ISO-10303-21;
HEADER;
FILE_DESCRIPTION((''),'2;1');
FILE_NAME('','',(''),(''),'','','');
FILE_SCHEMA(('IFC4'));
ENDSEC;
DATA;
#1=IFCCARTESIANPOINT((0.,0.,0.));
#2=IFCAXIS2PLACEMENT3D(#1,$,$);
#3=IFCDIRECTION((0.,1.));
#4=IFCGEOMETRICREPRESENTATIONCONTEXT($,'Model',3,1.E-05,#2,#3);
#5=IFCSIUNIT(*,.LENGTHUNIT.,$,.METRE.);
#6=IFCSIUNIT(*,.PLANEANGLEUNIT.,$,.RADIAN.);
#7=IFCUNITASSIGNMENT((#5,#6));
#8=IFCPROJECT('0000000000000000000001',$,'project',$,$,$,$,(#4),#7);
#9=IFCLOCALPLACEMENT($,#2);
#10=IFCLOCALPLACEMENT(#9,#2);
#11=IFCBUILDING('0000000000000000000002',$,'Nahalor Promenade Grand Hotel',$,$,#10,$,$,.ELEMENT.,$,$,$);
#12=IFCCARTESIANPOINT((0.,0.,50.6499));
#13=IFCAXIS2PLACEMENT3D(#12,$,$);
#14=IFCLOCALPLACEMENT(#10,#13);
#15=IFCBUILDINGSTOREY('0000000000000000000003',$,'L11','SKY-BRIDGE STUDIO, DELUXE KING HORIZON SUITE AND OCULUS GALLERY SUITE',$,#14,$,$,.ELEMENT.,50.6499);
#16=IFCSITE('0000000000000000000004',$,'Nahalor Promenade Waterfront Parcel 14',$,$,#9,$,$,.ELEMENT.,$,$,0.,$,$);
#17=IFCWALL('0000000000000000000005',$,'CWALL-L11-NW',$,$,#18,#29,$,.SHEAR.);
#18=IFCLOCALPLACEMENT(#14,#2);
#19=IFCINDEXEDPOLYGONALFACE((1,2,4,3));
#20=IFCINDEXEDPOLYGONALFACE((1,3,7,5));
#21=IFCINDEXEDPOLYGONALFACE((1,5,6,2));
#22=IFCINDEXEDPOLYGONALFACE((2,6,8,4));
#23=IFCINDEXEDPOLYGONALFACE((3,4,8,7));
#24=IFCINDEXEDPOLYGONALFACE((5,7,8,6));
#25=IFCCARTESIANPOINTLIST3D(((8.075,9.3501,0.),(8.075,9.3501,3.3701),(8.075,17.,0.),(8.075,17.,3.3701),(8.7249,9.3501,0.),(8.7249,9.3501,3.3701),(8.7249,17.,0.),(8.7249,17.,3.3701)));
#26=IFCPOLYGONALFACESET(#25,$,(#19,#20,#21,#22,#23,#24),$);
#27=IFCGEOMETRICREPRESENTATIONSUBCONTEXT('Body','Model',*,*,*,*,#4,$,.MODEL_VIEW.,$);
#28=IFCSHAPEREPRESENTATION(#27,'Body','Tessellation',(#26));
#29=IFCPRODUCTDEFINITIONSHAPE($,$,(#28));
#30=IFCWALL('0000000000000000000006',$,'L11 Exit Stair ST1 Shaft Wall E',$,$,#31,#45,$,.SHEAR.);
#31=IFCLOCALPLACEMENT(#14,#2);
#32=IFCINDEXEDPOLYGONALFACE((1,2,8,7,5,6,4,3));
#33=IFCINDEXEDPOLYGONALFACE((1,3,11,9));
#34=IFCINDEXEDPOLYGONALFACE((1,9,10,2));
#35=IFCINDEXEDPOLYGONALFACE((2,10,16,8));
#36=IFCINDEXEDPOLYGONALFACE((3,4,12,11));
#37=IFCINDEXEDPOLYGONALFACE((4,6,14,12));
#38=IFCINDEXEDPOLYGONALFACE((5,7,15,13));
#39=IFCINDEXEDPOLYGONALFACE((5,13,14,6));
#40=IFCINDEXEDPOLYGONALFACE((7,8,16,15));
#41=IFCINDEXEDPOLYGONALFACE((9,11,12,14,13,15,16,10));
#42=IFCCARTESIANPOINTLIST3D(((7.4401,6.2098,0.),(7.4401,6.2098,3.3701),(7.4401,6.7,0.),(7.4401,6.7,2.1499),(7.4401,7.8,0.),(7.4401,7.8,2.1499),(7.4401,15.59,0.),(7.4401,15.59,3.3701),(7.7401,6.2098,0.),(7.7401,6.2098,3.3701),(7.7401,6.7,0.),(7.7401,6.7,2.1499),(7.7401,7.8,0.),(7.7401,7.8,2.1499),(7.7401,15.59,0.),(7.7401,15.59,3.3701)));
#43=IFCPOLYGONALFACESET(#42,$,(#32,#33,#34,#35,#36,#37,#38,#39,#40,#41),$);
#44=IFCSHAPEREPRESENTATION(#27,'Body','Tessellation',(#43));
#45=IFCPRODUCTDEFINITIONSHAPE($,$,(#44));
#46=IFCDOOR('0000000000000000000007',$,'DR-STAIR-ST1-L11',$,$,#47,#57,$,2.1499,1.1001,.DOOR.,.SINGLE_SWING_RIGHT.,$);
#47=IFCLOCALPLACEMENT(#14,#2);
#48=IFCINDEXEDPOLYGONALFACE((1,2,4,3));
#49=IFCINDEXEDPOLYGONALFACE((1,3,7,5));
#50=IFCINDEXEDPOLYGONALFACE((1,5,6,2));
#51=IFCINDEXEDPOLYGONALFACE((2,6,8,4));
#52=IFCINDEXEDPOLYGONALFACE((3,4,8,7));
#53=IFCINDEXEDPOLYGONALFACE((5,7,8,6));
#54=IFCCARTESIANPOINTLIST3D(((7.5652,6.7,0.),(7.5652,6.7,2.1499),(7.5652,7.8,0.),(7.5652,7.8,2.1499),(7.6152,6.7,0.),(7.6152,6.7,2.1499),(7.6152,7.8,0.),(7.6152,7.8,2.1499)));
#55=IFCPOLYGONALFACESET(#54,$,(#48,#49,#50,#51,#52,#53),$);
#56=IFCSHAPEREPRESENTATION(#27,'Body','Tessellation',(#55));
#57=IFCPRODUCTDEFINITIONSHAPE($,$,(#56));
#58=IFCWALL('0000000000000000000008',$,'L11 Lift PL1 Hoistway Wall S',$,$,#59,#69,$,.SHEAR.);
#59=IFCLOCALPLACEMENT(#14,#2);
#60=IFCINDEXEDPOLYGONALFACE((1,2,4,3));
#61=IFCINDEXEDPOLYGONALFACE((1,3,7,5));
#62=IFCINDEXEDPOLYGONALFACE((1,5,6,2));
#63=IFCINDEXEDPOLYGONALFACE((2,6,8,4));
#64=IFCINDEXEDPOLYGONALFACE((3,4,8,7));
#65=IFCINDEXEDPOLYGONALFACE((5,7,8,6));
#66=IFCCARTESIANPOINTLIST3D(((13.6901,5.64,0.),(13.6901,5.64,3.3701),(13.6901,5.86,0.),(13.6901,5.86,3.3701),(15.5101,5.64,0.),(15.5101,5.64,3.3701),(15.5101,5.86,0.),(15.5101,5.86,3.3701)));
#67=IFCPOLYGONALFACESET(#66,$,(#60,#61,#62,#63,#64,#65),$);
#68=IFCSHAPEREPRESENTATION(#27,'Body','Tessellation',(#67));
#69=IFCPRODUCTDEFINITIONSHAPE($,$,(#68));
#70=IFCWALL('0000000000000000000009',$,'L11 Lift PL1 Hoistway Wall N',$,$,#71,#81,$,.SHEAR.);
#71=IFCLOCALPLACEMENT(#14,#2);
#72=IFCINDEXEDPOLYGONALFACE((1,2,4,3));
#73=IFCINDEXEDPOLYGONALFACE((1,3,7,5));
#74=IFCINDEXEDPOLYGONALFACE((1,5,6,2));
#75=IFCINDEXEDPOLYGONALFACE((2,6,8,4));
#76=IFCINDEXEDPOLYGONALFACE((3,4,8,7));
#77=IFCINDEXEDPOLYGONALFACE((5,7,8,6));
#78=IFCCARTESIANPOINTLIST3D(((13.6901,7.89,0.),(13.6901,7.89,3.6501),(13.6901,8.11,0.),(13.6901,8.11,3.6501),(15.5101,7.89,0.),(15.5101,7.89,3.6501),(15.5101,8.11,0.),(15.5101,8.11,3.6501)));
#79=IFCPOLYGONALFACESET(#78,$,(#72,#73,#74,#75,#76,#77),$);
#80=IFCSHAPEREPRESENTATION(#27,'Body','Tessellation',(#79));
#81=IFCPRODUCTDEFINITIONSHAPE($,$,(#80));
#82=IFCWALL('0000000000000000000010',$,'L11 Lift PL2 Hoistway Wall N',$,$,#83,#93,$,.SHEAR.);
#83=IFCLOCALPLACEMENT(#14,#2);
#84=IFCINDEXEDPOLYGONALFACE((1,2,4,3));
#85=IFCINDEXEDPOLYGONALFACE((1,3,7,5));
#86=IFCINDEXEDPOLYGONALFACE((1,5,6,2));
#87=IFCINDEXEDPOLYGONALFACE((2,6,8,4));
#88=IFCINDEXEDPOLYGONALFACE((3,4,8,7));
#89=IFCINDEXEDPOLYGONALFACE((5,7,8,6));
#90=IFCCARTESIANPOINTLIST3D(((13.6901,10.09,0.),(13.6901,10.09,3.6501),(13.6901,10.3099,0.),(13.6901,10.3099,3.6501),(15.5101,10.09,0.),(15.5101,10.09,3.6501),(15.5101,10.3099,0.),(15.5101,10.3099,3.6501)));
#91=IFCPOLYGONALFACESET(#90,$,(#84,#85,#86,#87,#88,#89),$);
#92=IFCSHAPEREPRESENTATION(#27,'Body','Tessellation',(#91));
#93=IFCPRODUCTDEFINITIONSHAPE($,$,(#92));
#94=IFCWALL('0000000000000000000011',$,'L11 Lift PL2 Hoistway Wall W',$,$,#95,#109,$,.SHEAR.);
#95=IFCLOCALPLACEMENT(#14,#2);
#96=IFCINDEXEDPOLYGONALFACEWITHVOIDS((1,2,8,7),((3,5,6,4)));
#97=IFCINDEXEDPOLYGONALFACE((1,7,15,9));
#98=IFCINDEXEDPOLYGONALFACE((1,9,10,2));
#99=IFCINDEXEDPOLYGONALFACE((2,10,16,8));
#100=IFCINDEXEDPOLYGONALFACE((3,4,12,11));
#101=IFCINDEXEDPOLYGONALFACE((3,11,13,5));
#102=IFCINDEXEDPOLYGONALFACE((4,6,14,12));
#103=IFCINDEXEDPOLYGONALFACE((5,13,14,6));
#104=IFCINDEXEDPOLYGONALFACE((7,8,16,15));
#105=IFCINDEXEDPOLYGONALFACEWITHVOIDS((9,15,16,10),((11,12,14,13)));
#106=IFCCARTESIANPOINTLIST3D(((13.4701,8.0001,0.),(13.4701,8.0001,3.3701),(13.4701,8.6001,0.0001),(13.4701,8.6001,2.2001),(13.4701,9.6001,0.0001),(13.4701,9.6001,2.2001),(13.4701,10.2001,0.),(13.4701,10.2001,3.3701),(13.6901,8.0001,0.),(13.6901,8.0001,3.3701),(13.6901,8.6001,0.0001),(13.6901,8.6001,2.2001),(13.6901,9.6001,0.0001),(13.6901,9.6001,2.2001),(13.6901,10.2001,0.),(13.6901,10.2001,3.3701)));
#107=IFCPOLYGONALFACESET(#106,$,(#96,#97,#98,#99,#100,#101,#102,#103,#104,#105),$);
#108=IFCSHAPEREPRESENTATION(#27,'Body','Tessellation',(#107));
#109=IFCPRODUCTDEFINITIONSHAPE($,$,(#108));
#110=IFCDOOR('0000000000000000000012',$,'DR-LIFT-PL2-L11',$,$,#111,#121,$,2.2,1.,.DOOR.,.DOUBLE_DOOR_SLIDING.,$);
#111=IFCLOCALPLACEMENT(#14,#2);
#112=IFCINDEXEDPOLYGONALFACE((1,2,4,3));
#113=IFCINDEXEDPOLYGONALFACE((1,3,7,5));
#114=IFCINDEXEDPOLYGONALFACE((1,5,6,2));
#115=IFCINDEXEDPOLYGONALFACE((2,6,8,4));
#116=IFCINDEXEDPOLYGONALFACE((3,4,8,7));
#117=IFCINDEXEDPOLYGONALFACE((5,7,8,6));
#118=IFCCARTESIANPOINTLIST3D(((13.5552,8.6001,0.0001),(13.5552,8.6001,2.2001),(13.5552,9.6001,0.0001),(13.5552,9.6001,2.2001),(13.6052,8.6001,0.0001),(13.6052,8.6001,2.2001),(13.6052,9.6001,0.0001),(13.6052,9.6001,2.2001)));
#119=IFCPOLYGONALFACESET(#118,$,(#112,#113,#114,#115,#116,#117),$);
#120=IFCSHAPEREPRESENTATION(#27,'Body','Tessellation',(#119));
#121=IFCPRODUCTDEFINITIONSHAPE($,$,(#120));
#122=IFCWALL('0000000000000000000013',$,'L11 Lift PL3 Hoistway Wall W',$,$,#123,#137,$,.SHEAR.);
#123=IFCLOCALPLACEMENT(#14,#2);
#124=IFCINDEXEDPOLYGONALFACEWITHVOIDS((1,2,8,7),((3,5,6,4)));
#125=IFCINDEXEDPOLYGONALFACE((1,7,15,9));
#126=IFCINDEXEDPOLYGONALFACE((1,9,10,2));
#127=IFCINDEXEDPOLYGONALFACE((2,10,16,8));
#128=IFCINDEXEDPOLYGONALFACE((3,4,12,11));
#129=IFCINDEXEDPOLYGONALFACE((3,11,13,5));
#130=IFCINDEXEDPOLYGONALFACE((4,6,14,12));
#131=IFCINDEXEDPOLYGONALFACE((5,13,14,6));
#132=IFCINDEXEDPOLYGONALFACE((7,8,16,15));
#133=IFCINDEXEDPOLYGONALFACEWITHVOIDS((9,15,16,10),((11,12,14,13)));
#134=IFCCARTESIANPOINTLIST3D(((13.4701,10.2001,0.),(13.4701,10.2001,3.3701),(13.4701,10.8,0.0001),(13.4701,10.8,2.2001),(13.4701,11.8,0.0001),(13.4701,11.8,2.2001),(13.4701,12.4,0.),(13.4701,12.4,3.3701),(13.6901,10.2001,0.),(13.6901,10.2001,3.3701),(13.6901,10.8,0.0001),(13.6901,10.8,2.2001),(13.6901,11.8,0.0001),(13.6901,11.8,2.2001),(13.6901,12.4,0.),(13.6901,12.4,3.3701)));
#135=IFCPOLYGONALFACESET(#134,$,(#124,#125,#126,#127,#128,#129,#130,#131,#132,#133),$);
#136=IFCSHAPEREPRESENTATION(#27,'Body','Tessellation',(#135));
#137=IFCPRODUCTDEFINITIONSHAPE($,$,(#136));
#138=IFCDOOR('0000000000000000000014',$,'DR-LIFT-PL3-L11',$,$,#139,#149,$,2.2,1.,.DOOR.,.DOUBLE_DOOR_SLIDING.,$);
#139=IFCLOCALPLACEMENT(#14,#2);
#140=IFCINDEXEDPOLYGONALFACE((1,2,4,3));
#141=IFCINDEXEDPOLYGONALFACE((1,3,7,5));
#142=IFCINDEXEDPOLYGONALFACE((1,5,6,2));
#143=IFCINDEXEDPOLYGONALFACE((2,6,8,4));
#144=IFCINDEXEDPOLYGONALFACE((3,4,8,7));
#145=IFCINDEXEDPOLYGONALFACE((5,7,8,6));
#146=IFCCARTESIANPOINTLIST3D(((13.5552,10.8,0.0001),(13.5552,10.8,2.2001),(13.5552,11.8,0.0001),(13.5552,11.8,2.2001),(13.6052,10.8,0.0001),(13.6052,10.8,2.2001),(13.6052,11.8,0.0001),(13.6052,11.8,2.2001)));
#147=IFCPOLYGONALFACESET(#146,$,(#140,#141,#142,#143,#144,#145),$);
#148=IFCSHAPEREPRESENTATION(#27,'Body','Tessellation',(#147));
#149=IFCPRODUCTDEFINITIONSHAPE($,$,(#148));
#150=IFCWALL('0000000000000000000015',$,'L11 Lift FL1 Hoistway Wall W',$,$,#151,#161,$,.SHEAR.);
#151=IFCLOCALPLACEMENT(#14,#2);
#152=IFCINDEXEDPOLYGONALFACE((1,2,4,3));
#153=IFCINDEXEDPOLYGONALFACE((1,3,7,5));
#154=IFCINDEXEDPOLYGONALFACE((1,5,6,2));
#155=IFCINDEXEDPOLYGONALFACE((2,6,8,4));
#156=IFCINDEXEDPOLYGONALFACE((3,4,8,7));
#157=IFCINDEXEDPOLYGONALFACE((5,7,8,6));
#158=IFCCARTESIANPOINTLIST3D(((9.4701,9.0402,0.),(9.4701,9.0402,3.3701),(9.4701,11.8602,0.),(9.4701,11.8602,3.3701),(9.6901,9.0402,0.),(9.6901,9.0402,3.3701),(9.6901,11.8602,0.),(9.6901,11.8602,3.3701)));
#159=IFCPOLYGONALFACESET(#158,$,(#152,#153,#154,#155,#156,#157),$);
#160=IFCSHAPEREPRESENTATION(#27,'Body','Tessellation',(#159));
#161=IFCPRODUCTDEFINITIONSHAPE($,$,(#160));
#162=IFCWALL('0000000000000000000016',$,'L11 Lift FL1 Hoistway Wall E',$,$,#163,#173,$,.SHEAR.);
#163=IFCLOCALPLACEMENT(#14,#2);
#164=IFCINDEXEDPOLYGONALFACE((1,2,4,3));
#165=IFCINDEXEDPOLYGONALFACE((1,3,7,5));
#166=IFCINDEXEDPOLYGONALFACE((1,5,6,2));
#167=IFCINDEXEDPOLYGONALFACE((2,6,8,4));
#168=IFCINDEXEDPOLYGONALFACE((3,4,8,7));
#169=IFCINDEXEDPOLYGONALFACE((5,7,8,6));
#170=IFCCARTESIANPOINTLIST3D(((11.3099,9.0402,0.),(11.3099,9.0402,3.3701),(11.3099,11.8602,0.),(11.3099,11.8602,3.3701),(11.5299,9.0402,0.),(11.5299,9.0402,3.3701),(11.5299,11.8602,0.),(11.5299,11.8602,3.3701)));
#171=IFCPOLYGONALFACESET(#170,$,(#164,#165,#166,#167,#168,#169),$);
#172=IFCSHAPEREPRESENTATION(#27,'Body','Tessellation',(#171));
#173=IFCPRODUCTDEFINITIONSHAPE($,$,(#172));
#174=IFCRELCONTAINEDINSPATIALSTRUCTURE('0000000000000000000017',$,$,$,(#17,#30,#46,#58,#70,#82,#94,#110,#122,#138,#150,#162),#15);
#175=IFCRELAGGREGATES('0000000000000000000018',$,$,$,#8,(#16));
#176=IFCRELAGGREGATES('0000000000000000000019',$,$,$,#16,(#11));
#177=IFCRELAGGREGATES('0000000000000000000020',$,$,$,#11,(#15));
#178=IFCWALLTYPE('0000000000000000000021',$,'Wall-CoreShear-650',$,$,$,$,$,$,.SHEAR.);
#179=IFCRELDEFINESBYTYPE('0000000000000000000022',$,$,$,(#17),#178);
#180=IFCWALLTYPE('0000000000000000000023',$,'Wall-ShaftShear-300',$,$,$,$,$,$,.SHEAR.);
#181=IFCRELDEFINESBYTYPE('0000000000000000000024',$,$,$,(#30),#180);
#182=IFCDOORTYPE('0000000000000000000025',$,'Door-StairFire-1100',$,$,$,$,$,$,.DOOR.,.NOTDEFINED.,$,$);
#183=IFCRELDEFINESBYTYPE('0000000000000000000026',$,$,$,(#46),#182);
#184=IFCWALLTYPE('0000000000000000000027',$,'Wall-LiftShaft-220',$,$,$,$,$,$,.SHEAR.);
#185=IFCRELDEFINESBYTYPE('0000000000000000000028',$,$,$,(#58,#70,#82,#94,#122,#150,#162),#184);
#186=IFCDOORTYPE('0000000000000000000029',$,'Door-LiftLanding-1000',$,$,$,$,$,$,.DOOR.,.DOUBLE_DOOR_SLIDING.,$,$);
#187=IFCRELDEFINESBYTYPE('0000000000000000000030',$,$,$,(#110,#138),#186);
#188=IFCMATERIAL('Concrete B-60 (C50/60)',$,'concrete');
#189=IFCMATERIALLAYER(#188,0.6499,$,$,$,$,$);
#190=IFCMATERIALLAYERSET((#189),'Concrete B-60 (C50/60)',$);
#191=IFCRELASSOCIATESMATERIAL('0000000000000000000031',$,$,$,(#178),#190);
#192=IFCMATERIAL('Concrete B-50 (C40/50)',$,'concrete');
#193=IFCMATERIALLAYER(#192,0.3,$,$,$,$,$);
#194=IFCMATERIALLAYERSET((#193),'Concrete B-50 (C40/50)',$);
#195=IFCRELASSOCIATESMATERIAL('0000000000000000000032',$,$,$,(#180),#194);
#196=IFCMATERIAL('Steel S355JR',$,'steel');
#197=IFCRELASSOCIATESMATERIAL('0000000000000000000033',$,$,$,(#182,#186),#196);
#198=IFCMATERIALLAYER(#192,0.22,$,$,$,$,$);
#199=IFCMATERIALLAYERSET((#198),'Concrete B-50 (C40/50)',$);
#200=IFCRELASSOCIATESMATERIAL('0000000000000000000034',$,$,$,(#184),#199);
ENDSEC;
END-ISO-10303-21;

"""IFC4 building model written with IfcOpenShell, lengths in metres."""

from ifc_helpers import new_model, si_unit, direction, frame, frame_2d, origin, place, context, subcontext, project, spatial, rectangle, extrude, source, transform, mapped, material, layer, layer_set, type_object, element, fill, save


model = new_model("IFC4")

# Units and contexts
model_context = context("Model", 3, precision=1e-05, world=origin(), true_north=direction((0.0, 1.0)))
body_context = subcontext(model_context, "Body", "Model", "MODEL_VIEW")
ifc_project = project(units=[si_unit("LENGTHUNIT", "METRE"), si_unit("PLANEANGLEUNIT", "RADIAN")], contexts=[model_context])

# Site, building, storey
site_placement = place(None, origin())
site = spatial("IfcSite", under=ifc_project, at=site_placement, Name="Nahalor Promenade Waterfront Parcel 14", CompositionType="ELEMENT", RefElevation=0.0)
building_placement = place(site_placement, origin())
building = spatial("IfcBuilding", under=site, at=building_placement, Name="Nahalor Promenade Grand Hotel", CompositionType="ELEMENT")
storey_placement = place(building_placement, frame((0.0, 0.0, 50.6499)))
storey = spatial("IfcBuildingStorey", under=building, at=storey_placement, Name="L11", Description="SKY-BRIDGE STUDIO, DELUXE KING HORIZON SUITE AND OCULUS GALLERY SUITE", CompositionType="ELEMENT", Elevation=50.6499)

# Wall
ifc_material_1 = material(Name="Concrete B-60 (C50/60)", Category="concrete")
ifc_layer_1 = layer(ifc_material_1, 0.6499)
ifc_layer_set_1 = layer_set([ifc_layer_1], Name="Concrete B-60 (C50/60)")
wall_type_1 = type_object("IfcWallType", Name="Wall-CoreShear-650", PredefinedType="SHEAR", material=ifc_layer_set_1)
shared_shape_1 = source(origin(), body_context, "Body", "SweptSolid", [
    extrude(rectangle(XDim=7.6499, YDim=0.6499, at=frame_2d((3.825, 0.0))), origin(), (0.0, 0.0, 1.0), 3.3701),
])
wall_1_placement = place(storey_placement, frame((8.3999, 9.3501, 0.0), z_axis=(0.0, 0.0, 1.0), x_axis=(0.0, 1.0, 0.0)))
element("IfcWall", 1, at=wall_1_placement, inside=storey, type_object=wall_type_1, Name="CWALL-L11-NW", PredefinedType="SHEAR", context=body_context, shape_type="MappedRepresentation", body=[
    mapped(shared_shape_1, transform((0.0, 0.0, 0.0), scale=1.0)),
])

# Wall, opening, door
ifc_material_2 = material(Name="Concrete B-50 (C40/50)", Category="concrete")
ifc_layer_2 = layer(ifc_material_2, 0.3)
ifc_layer_set_2 = layer_set([ifc_layer_2], Name="Concrete B-50 (C40/50)")
wall_type_2 = type_object("IfcWallType", Name="Wall-ShaftShear-300", PredefinedType="SHEAR", material=ifc_layer_set_2)
shared_shape_2 = source(origin(), body_context, "Body", "SweptSolid", [
    extrude(rectangle(XDim=9.3801, YDim=0.3, at=frame_2d((4.6899, 0.0))), origin(), (0.0, 0.0, 1.0), 3.3701),
])
wall_2_placement = place(storey_placement, frame((7.5901, 6.21, 0.0), z_axis=(0.0, 0.0, 1.0), x_axis=(0.0, 1.0, 0.0)))
wall_2 = element("IfcWall", 2, at=wall_2_placement, inside=storey, type_object=wall_type_2, Name="L11 Exit Stair ST1 Shaft Wall E", PredefinedType="SHEAR", context=body_context, shape_type="MappedRepresentation", body=[
    mapped(shared_shape_2, transform((0.0, 0.0, 0.0), scale=1.0)),
])
opening_1_placement = place(wall_2_placement, frame((0.49, 0.0, 0.0)))
opening_1 = element("IfcOpeningElement", 3, at=opening_1_placement, cuts=wall_2, PredefinedType="OPENING", context=body_context, shape_type="SweptSolid", body=[
    extrude(rectangle(XDim=1.1001, YDim=2.1499, at=frame_2d((0.55, 1.075))), frame((0.0, 0.1599, 0.0), z_axis=(0.0, -1.0, 0.0), x_axis=(1.0, 0.0, 0.0)), (0.0, 0.0, 1.0), 0.3201),
])
ifc_material_3 = material(Name="Steel S355JR", Category="steel")
door_type_1 = type_object("IfcDoorType", Name="Door-StairFire-1100", OperationType="NOTDEFINED", PredefinedType="DOOR", material=ifc_material_3)
shared_shape_3 = source(origin(), body_context, "Body", "SweptSolid", [
    extrude(rectangle(XDim=1.1001, YDim=2.1499, at=frame_2d((0.55, 1.075))), frame((0.0, 0.0249, 0.0), z_axis=(0.0, -1.0, 0.0), x_axis=(1.0, 0.0, 0.0)), (0.0, 0.0, 1.0), 0.05),
])
door_1_placement = place(opening_1_placement, origin())
door_1 = element("IfcDoor", 4, at=door_1_placement, inside=storey, type_object=door_type_1, Name="DR-STAIR-ST1-L11", OperationType="SINGLE_SWING_RIGHT", OverallHeight=2.1499, OverallWidth=1.1001, PredefinedType="DOOR", context=body_context, shape_type="MappedRepresentation", body=[
    mapped(shared_shape_3, transform((0.0, 0.0, 0.0), scale=1.0)),
])
fill(opening_1, door_1)

# Walls
ifc_layer_3 = layer(ifc_material_2, 0.22)
ifc_layer_set_3 = layer_set([ifc_layer_3], Name="Concrete B-50 (C40/50)")
wall_type_3 = type_object("IfcWallType", Name="Wall-LiftShaft-220", PredefinedType="SHEAR", material=ifc_layer_set_3)
shared_shape_4 = source(origin(), body_context, "Body", "SweptSolid", [
    extrude(rectangle(XDim=1.8201, YDim=0.22, at=frame_2d((0.9102, 0.0))), origin(), (0.0, 0.0, 1.0), 3.3701),
])
wall_3_placement = place(storey_placement, frame((13.6899, 5.75, 0.0), z_axis=(0.0, 0.0, 1.0), x_axis=(1.0, 0.0, 0.0)))
element("IfcWall", 5, at=wall_3_placement, inside=storey, type_object=wall_type_3, Name="L11 Lift PL1 Hoistway Wall S", PredefinedType="SHEAR", context=body_context, shape_type="MappedRepresentation", body=[
    mapped(shared_shape_4, transform((0.0, 0.0, 0.0), scale=1.0)),
])
shared_shape_5 = source(origin(), body_context, "Body", "SweptSolid", [
    extrude(rectangle(XDim=1.8201, YDim=0.22, at=frame_2d((0.9102, 0.0))), origin(), (0.0, 0.0, 1.0), 3.6501),
])
for number, where, z_axis, x_axis, name in (
    (6, (13.6899, 8.0, 0.0), (0.0, 0.0, 1.0), (1.0, 0.0, 0.0), "L11 Lift PL1 Hoistway Wall N"),
    (7, (13.6899, 10.2, 0.0), (0.0, 0.0, 1.0), (1.0, 0.0, 0.0), "L11 Lift PL2 Hoistway Wall N"),
):
    element("IfcWall", number, at=place(storey_placement, frame(where, z_axis=z_axis, x_axis=x_axis)), inside=storey, type_object=wall_type_3, Name=name, PredefinedType="SHEAR", context=body_context, shape_type="MappedRepresentation", body=[
        mapped(shared_shape_5, transform((0.0, 0.0, 0.0), scale=1.0)),
    ])

# Walls, openings, doors
shared_shape_6 = source(origin(), body_context, "Body", "SweptSolid", [
    extrude(rectangle(XDim=2.2, YDim=0.22, at=frame_2d((1.1001, 0.0))), origin(), (0.0, 0.0, 1.0), 3.3701),
])
wall_4_placement = place(storey_placement, frame((13.5801, 8.0, 0.0), z_axis=(0.0, 0.0, 1.0), x_axis=(0.0, 1.0, 0.0)))
wall_4 = element("IfcWall", 8, at=wall_4_placement, inside=storey, type_object=wall_type_3, Name="L11 Lift PL2 Hoistway Wall W", PredefinedType="SHEAR", context=body_context, shape_type="MappedRepresentation", body=[
    mapped(shared_shape_6, transform((0.0, 0.0, 0.0), scale=1.0)),
])
opening_2_placement = place(wall_4_placement, frame((0.6001, 0.0, 0.0)))
opening_2 = element("IfcOpeningElement", 9, at=opening_2_placement, cuts=wall_4, PredefinedType="OPENING", context=body_context, shape_type="SweptSolid", body=[
    extrude(rectangle(XDim=1.0, YDim=2.2, at=frame_2d((0.5, 1.1001))), frame((0.0, 0.1199, 0.0), z_axis=(0.0, -1.0, 0.0), x_axis=(1.0, 0.0, 0.0)), (0.0, 0.0, 1.0), 0.24),
])
door_type_2 = type_object("IfcDoorType", Name="Door-LiftLanding-1000", OperationType="DOUBLE_DOOR_SLIDING", PredefinedType="DOOR", material=ifc_material_3)
shared_shape_7 = source(origin(), body_context, "Body", "SweptSolid", [
    extrude(rectangle(XDim=1.0, YDim=2.2, at=frame_2d((0.5, 1.1001))), frame((0.0, 0.0249, 0.0), z_axis=(0.0, -1.0, 0.0), x_axis=(1.0, 0.0, 0.0)), (0.0, 0.0, 1.0), 0.05),
])
door_2_placement = place(opening_2_placement, origin())
door_2 = element("IfcDoor", 10, at=door_2_placement, inside=storey, type_object=door_type_2, Name="DR-LIFT-PL2-L11", OperationType="DOUBLE_DOOR_SLIDING", OverallHeight=2.2, OverallWidth=1.0, PredefinedType="DOOR", context=body_context, shape_type="MappedRepresentation", body=[
    mapped(shared_shape_7, transform((0.0, 0.0, 0.0), scale=1.0)),
])
fill(opening_2, door_2)
wall_5_placement = place(storey_placement, frame((13.5801, 10.2, 0.0), z_axis=(0.0, 0.0, 1.0), x_axis=(0.0, 1.0, 0.0)))
wall_5 = element("IfcWall", 11, at=wall_5_placement, inside=storey, type_object=wall_type_3, Name="L11 Lift PL3 Hoistway Wall W", PredefinedType="SHEAR", context=body_context, shape_type="MappedRepresentation", body=[
    mapped(shared_shape_6, transform((0.0, 0.0, 0.0), scale=1.0)),
])
opening_3_placement = place(wall_5_placement, frame((0.6001, 0.0, 0.0)))
opening_3 = element("IfcOpeningElement", 12, at=opening_3_placement, cuts=wall_5, PredefinedType="OPENING", context=body_context, shape_type="SweptSolid", body=[
    extrude(rectangle(XDim=1.0, YDim=2.2, at=frame_2d((0.5, 1.1001))), frame((0.0, 0.1199, 0.0), z_axis=(0.0, -1.0, 0.0), x_axis=(1.0, 0.0, 0.0)), (0.0, 0.0, 1.0), 0.24),
])
door_3_placement = place(opening_3_placement, origin())
door_3 = element("IfcDoor", 13, at=door_3_placement, inside=storey, type_object=door_type_2, Name="DR-LIFT-PL3-L11", OperationType="DOUBLE_DOOR_SLIDING", OverallHeight=2.2, OverallWidth=1.0, PredefinedType="DOOR", context=body_context, shape_type="MappedRepresentation", body=[
    mapped(shared_shape_7, transform((0.0, 0.0, 0.0), scale=1.0)),
])
fill(opening_3, door_3)

# Walls
shared_shape_8 = source(origin(), body_context, "Body", "SweptSolid", [
    extrude(rectangle(XDim=2.8201, YDim=0.22, at=frame_2d((1.4102, 0.0))), origin(), (0.0, 0.0, 1.0), 3.3701),
])
for number, where, z_axis, x_axis, name in (
    (14, (9.5801, 9.04, 0.0), (0.0, 0.0, 1.0), (0.0, 1.0, 0.0), "L11 Lift FL1 Hoistway Wall W"),
    (15, (11.4199, 9.04, 0.0), (0.0, 0.0, 1.0), (0.0, 1.0, 0.0), "L11 Lift FL1 Hoistway Wall E"),
):
    element("IfcWall", number, at=place(storey_placement, frame(where, z_axis=z_axis, x_axis=x_axis)), inside=storey, type_object=wall_type_3, Name=name, PredefinedType="SHEAR", context=body_context, shape_type="MappedRepresentation", body=[
        mapped(shared_shape_8, transform((0.0, 0.0, 0.0), scale=1.0)),
    ])

save(model, "model.ifc")
